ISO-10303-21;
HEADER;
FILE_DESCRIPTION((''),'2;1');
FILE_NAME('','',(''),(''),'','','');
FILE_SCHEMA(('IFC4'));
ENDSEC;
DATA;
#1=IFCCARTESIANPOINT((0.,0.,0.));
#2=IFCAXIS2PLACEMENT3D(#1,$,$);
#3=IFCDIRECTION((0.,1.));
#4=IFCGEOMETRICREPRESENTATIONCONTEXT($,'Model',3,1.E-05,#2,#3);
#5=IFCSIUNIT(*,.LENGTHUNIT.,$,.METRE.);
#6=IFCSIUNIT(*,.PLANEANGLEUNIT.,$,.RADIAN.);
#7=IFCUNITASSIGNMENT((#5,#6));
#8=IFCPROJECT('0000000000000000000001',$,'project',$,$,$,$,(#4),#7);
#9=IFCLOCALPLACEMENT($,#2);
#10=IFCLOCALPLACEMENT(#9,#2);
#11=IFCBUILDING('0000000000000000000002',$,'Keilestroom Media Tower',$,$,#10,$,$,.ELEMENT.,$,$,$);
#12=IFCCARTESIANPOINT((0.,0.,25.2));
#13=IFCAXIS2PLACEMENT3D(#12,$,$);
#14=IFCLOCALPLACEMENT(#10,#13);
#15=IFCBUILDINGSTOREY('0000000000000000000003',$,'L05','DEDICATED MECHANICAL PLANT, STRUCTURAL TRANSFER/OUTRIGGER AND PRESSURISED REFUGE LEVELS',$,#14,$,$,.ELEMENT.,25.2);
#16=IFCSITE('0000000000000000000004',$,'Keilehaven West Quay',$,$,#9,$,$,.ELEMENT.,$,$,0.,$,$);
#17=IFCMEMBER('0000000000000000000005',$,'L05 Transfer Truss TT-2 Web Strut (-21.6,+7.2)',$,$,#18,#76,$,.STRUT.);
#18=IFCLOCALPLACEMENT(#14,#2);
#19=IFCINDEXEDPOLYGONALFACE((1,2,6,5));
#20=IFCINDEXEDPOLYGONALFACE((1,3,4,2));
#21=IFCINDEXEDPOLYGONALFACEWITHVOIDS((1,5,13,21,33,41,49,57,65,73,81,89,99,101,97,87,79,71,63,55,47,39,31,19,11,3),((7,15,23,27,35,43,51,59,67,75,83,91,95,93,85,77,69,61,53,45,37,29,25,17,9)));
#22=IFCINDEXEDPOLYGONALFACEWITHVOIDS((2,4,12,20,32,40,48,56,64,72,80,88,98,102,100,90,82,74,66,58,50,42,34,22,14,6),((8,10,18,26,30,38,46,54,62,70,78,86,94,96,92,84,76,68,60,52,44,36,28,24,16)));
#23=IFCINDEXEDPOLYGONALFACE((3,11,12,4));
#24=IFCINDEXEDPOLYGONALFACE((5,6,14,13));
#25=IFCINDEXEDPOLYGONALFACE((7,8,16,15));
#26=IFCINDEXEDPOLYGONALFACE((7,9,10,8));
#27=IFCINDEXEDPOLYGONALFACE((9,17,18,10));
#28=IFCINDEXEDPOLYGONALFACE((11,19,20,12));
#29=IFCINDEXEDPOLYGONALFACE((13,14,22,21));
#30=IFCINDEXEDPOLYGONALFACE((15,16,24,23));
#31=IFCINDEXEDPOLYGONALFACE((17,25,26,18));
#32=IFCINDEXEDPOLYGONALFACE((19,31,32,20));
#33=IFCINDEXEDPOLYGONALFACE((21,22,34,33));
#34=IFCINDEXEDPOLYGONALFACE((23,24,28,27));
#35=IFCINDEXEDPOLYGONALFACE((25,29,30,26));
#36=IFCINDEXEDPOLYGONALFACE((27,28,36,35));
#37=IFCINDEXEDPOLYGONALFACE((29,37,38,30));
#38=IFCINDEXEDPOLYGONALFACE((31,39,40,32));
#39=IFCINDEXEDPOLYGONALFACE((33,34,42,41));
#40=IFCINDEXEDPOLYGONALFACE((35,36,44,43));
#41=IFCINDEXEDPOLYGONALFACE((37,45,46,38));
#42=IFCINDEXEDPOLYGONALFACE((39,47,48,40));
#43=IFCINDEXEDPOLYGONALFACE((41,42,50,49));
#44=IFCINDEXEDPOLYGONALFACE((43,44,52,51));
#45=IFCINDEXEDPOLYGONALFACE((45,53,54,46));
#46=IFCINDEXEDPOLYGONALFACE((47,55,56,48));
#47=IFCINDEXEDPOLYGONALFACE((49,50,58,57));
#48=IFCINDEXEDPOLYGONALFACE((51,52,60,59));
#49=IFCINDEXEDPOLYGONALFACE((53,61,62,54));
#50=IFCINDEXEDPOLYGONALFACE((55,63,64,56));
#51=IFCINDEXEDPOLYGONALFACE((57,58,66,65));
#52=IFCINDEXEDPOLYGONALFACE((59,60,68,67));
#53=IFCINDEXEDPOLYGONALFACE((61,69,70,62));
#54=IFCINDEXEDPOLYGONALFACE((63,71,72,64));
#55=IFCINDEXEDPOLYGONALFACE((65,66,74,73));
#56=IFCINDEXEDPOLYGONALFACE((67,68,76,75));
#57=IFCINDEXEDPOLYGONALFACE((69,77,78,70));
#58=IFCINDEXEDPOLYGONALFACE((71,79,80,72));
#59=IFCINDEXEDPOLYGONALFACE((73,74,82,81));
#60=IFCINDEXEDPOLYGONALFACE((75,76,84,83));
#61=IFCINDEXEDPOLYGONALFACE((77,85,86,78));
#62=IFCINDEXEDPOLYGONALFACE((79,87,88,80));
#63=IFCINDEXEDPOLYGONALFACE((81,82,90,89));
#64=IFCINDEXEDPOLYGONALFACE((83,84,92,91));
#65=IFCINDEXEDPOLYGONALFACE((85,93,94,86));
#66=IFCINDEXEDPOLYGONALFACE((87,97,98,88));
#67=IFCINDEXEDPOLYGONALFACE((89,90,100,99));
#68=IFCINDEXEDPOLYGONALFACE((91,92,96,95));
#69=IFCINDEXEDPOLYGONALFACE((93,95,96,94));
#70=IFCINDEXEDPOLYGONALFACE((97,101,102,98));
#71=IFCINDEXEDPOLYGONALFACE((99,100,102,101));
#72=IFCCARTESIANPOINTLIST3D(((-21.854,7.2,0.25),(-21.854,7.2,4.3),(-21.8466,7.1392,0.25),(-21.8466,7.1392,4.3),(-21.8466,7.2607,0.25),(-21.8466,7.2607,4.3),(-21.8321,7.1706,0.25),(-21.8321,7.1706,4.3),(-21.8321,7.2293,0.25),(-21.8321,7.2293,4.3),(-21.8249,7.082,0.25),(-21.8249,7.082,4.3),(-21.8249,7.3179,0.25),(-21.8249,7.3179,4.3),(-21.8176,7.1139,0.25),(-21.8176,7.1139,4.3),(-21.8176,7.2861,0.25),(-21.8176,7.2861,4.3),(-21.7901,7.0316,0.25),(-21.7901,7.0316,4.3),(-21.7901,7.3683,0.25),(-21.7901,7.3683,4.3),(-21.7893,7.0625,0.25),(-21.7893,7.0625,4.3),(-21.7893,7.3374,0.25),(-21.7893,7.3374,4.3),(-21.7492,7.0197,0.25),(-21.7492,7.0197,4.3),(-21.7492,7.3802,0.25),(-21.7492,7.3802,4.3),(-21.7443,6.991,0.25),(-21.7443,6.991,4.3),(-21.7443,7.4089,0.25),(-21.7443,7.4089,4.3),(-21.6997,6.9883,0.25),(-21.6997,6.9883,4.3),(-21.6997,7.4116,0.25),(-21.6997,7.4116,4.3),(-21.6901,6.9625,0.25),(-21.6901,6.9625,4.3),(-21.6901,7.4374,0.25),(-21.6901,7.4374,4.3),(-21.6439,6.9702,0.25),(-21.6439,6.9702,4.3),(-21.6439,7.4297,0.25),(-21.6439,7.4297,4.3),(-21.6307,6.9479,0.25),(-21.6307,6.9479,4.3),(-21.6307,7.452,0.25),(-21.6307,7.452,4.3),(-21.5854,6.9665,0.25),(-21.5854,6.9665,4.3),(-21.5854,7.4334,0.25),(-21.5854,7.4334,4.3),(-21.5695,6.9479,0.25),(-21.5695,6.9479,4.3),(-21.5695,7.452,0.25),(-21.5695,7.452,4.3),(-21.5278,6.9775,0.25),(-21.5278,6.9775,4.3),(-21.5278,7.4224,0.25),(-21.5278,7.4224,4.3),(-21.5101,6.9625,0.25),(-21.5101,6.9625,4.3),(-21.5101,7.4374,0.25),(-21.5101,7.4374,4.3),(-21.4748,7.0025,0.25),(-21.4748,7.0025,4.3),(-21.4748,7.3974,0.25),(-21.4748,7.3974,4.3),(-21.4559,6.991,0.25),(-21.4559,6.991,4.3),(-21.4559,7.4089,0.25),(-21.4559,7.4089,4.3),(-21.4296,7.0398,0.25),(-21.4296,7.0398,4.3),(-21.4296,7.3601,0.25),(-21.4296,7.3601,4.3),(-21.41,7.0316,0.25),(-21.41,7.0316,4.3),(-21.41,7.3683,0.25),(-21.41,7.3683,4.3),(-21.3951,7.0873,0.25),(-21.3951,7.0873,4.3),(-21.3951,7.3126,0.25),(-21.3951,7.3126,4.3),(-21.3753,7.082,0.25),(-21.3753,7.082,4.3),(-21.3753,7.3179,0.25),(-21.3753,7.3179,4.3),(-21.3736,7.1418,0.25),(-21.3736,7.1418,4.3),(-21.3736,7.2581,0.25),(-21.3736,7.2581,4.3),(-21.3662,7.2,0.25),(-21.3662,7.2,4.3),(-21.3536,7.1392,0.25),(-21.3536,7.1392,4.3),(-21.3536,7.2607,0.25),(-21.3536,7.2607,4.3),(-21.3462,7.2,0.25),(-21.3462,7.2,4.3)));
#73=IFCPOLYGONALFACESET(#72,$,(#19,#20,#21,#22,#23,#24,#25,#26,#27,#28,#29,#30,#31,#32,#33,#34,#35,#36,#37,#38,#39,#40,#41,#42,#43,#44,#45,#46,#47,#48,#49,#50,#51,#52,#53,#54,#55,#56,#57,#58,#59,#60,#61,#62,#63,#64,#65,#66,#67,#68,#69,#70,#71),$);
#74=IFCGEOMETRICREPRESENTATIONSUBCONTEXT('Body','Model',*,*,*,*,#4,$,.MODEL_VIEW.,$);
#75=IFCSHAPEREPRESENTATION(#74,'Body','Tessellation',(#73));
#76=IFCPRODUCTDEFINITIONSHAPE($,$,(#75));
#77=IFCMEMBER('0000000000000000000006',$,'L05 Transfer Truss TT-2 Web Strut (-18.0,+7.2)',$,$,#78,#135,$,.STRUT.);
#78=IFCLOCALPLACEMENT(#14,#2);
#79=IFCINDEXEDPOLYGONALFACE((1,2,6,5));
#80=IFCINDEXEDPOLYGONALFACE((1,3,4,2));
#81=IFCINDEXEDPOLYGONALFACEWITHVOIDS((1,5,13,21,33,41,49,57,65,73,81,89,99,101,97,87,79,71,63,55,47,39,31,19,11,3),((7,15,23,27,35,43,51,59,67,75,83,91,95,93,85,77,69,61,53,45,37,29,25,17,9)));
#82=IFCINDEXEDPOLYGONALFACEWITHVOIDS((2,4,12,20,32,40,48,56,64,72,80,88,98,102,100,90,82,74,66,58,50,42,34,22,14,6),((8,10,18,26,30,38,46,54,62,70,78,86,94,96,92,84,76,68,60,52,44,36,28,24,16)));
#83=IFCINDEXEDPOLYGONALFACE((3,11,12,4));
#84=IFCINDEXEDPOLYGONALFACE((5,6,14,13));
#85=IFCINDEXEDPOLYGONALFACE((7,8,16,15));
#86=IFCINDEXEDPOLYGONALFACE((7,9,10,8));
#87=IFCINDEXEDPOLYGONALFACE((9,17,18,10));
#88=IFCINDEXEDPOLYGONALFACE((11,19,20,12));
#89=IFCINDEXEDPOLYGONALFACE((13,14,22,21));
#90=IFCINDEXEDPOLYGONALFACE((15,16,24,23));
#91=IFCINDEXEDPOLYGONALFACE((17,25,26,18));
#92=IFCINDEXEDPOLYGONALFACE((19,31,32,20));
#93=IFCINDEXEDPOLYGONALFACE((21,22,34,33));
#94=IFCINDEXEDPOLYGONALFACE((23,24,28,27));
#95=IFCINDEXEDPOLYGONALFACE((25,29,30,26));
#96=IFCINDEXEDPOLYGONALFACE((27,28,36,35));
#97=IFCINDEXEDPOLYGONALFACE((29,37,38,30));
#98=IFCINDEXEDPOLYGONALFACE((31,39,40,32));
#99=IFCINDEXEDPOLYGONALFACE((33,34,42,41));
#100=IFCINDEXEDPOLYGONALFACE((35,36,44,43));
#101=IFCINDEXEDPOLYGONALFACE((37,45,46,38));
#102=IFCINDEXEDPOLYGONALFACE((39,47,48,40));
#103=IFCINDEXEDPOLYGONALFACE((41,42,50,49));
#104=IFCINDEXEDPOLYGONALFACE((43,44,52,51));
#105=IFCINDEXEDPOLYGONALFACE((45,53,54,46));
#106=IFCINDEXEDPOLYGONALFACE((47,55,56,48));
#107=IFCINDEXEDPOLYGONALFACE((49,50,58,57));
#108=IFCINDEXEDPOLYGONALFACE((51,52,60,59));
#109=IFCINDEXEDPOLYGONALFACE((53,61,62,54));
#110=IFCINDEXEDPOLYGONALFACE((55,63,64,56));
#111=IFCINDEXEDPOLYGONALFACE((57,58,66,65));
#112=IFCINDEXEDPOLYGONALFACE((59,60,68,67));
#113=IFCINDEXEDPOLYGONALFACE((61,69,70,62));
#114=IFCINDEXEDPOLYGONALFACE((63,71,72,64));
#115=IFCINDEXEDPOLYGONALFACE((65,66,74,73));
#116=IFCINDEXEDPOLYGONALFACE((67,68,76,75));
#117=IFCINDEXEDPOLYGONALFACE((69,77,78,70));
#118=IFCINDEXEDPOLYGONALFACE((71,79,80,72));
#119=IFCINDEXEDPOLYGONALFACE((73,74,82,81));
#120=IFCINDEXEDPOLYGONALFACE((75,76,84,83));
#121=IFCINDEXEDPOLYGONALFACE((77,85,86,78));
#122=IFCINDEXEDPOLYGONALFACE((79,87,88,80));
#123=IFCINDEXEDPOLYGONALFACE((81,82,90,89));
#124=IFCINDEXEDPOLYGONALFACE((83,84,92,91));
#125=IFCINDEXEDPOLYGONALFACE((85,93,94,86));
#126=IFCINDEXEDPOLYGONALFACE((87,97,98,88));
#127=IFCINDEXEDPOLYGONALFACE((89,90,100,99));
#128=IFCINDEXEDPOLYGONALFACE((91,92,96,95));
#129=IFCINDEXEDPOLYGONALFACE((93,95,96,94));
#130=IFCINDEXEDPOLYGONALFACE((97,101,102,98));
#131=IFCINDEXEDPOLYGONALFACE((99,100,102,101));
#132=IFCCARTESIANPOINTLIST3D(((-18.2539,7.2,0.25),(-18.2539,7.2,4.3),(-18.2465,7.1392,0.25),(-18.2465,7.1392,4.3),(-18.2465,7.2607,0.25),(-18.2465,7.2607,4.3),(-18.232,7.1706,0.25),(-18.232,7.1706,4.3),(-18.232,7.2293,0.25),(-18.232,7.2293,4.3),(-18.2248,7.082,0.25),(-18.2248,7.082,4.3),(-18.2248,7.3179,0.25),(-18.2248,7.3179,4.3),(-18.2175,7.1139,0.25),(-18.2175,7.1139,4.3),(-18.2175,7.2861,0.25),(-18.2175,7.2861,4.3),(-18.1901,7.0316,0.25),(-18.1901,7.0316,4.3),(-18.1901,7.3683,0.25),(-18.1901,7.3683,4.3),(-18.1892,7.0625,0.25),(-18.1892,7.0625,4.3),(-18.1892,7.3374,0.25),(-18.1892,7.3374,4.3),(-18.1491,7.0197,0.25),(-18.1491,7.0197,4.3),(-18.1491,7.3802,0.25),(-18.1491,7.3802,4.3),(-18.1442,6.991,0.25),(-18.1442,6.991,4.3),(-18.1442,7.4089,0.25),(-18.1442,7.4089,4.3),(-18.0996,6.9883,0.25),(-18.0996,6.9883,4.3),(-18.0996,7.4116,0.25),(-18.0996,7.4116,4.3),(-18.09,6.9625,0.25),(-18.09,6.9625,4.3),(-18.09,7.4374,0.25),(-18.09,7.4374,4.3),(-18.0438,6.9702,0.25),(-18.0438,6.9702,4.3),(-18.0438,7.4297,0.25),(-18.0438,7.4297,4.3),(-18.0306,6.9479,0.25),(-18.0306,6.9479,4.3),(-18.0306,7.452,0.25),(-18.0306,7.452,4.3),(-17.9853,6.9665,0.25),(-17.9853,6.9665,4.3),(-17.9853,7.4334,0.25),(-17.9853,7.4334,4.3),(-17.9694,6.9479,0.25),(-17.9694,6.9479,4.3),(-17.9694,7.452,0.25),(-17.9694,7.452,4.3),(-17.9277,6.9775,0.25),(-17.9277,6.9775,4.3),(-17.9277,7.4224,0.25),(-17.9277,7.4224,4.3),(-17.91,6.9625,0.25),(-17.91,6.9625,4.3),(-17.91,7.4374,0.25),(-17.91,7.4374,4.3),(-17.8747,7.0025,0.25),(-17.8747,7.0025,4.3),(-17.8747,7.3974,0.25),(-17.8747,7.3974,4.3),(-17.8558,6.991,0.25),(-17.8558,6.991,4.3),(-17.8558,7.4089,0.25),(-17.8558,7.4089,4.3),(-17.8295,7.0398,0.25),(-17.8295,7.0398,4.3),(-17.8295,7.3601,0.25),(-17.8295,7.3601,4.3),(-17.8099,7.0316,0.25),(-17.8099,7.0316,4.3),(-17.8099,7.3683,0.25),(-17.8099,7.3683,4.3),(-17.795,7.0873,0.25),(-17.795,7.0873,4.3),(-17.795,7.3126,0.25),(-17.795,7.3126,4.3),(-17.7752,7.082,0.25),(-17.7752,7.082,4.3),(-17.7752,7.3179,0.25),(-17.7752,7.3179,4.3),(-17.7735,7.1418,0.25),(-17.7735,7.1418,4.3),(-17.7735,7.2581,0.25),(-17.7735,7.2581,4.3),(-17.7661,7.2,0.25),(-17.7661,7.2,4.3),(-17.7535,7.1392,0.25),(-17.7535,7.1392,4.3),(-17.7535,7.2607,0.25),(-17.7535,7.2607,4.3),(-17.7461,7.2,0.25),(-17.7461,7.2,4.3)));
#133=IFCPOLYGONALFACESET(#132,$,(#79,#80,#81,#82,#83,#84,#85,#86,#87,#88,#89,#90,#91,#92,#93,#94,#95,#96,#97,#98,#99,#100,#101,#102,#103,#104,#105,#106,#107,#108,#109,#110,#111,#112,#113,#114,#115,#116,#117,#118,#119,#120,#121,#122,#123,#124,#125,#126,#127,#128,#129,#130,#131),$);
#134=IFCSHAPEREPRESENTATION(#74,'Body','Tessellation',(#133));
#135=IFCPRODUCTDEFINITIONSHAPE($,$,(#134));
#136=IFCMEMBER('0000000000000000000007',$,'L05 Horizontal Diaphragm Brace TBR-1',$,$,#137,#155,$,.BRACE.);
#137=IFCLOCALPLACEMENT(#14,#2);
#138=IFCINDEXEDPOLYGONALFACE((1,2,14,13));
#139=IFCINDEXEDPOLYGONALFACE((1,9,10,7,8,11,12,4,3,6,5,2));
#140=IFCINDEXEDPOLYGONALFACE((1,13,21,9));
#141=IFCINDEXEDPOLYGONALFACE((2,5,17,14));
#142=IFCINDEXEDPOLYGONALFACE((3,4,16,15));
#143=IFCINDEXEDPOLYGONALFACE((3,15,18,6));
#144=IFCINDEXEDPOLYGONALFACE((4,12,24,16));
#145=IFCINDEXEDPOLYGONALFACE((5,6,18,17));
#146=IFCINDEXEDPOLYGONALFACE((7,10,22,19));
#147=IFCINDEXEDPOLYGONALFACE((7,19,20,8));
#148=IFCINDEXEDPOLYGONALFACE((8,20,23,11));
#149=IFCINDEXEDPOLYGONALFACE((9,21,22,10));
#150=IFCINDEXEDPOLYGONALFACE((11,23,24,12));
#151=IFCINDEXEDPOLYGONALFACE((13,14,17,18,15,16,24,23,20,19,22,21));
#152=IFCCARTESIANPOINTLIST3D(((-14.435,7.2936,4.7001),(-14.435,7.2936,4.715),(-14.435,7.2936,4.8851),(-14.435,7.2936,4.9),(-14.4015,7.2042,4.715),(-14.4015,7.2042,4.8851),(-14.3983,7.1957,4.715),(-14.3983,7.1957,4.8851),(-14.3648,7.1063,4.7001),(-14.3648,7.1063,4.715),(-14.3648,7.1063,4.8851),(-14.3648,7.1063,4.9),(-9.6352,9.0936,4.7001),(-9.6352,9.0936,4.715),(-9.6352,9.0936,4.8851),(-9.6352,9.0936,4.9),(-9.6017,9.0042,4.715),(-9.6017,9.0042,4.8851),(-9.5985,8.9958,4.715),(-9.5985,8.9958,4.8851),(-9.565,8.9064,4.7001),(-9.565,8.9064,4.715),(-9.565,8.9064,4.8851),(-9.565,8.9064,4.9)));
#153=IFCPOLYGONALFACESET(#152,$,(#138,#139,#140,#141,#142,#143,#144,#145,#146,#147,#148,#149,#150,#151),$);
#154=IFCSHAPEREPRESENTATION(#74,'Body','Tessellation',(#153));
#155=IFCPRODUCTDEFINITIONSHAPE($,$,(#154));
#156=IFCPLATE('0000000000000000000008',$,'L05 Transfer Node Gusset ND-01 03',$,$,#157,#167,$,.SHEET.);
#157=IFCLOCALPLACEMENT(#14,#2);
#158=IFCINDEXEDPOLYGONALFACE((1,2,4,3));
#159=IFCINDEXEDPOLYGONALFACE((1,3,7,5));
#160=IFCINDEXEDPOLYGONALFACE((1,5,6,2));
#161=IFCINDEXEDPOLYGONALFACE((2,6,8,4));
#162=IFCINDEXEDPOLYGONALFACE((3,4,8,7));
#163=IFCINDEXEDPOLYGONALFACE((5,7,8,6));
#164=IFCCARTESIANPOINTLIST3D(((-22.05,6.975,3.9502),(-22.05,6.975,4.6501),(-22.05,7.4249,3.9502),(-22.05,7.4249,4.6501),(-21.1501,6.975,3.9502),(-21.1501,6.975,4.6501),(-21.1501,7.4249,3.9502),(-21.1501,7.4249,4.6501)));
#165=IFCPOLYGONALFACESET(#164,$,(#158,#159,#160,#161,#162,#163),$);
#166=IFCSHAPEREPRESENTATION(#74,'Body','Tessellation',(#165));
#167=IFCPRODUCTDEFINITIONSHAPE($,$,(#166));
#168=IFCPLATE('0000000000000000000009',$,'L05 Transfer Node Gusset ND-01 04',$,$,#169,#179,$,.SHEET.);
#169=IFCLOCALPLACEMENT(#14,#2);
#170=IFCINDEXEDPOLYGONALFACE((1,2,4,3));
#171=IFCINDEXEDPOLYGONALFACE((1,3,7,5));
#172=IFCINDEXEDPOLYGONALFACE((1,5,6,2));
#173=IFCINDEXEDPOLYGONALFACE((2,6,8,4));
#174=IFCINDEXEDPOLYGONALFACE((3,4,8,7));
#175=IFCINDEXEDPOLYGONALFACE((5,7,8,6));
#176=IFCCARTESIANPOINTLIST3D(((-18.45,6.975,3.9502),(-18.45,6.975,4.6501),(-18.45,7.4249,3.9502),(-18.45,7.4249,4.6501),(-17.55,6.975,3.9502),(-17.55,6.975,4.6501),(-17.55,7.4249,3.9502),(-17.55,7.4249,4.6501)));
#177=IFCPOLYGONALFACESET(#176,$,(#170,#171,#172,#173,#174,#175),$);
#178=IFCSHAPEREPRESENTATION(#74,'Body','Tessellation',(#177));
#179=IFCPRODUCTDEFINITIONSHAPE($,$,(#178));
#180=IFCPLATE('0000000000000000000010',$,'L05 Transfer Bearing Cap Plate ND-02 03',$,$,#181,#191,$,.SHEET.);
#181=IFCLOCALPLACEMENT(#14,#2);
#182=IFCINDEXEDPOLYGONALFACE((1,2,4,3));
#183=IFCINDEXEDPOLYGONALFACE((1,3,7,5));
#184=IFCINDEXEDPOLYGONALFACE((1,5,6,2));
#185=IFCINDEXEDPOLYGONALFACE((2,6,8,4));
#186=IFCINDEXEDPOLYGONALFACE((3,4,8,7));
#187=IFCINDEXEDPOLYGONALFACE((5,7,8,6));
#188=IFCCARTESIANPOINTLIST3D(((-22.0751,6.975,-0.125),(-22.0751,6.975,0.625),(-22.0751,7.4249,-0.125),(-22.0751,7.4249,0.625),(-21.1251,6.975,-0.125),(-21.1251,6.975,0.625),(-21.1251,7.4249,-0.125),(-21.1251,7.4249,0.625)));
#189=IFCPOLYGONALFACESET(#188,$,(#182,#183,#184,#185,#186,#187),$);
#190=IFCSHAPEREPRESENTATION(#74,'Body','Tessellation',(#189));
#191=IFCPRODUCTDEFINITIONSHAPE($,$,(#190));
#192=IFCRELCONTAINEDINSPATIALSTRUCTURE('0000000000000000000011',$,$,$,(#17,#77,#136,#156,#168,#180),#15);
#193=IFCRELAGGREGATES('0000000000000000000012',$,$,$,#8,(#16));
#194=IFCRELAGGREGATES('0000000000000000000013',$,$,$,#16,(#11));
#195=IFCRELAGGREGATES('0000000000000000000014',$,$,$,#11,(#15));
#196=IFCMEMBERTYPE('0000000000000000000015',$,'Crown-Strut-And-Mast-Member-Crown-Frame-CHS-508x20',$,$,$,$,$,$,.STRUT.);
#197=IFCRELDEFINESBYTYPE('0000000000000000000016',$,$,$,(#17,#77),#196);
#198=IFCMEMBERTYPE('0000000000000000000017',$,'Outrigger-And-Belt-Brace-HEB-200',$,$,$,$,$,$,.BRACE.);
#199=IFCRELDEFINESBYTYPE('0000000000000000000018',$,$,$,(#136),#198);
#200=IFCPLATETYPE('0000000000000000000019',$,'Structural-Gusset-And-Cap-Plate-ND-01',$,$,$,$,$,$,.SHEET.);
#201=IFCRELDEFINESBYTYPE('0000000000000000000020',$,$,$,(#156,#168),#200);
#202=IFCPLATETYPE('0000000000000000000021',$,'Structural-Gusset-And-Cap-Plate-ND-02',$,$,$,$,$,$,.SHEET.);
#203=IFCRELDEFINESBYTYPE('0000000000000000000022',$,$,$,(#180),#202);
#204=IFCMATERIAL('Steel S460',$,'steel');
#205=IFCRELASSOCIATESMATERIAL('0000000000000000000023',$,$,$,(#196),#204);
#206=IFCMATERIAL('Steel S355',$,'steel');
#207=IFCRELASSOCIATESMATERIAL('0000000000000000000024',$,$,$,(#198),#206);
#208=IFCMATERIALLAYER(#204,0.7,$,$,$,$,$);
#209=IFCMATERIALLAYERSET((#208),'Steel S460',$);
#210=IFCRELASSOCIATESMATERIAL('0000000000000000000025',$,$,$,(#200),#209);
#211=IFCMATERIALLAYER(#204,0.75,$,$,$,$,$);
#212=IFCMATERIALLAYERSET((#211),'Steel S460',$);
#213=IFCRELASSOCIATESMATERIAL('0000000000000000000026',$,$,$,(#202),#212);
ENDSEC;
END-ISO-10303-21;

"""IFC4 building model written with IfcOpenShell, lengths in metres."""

from ifc_helpers import new_model, si_unit, direction, frame, origin, origin_2d, place, context, subcontext, project, spatial, rectangle, hollow_circle, i_section, extrude, source, transform, mapped, material, layer, layer_set, material_profile, profile_set, type_object, element, save


model = new_model("IFC4")

# Units and contexts
model_context = context("Model", 3, precision=1e-05, world=origin(), true_north=direction((0.0, 1.0)))
body_context = subcontext(model_context, "Body", "Model", "MODEL_VIEW")
ifc_project = project(units=[si_unit("LENGTHUNIT", "METRE"), si_unit("PLANEANGLEUNIT", "RADIAN")], contexts=[model_context])

# Site, building, storey
site_placement = place(None, origin())
site = spatial("IfcSite", under=ifc_project, at=site_placement, Name="Keilehaven West Quay", CompositionType="ELEMENT", RefElevation=0.0)
building_placement = place(site_placement, origin())
building = spatial("IfcBuilding", under=site, at=building_placement, Name="Keilestroom Media Tower", CompositionType="ELEMENT")
storey_placement = place(building_placement, frame((0.0, 0.0, 25.2)))
storey = spatial("IfcBuildingStorey", under=building, at=storey_placement, Name="L05", Description="DEDICATED MECHANICAL PLANT, STRUCTURAL TRANSFER/OUTRIGGER AND PRESSURISED REFUGE LEVELS", CompositionType="ELEMENT", Elevation=25.2)

# Shared definitions
ifc_material_1 = material(Name="Steel S355", Category="steel")

# Members
ifc_material_2 = material(Name="Steel S460", Category="steel")
ifc_material_profile_1 = material_profile(ifc_material_2, hollow_circle(Radius=0.2539, WallThickness=0.02, at=origin_2d()), Name="CHS 508x20")
ifc_profile_set_1 = profile_set([ifc_material_profile_1], Name="Steel S460")
member_type_1 = type_object("IfcMemberType", Name="Crown-Strut-And-Mast-Member-Crown-Frame-CHS-508x20", PredefinedType="STRUT", material=ifc_profile_set_1)
shared_shape_1 = source(origin(), body_context, "Body", "SweptSolid", [
    extrude(hollow_circle(Radius=0.2539, WallThickness=0.02, at=origin_2d()), origin(), (0.0, 0.0, 1.0), 4.05),
])
for number, where, z_axis, x_axis, name in (
    (1, (-21.6001, 7.2, 0.25), (0.0, 0.0, 1.0), (1.0, 0.0, 0.0), "L05 Transfer Truss TT-2 Web Strut (-21.6,+7.2)"),
    (2, (-18.0, 7.2, 0.25), (0.0, 0.0, 1.0), (1.0, 0.0, 0.0), "L05 Transfer Truss TT-2 Web Strut (-18.0,+7.2)"),
):
    element("IfcMember", number, at=place(storey_placement, frame(where, z_axis=z_axis, x_axis=x_axis)), inside=storey, type_object=member_type_1, Name=name, PredefinedType="STRUT", context=body_context, shape_type="MappedRepresentation", body=[
        mapped(shared_shape_1, transform((0.0, 0.0, 0.0), x_axis=(1.0, 0.0, 0.0), y_axis=(0.0, 1.0, 0.0), z_axis=(0.0, 0.0, 1.0), scale=1.0)),
    ])
ifc_material_profile_2 = material_profile(ifc_material_1, i_section(OverallWidth=0.2, OverallDepth=0.2, WebThickness=0.009, FlangeThickness=0.0149, at=origin_2d()), Name="HEB 200")
ifc_profile_set_2 = profile_set([ifc_material_profile_2], Name="Steel S355")
member_type_2 = type_object("IfcMemberType", Name="Outrigger-And-Belt-Brace-HEB-200", PredefinedType="BRACE", material=ifc_profile_set_2)
shared_shape_2 = source(origin(), body_context, "Body", "SweptSolid", [
    extrude(i_section(OverallWidth=0.2, OverallDepth=0.2, WebThickness=0.009, FlangeThickness=0.0149, at=origin_2d()), origin(), (0.0, 0.0, 1.0), 5.1262),
])
member_placement = place(storey_placement, frame((-14.3999, 7.2, 4.8), z_axis=(0.936321, 0.351144, 0.0), x_axis=(-0.351144, 0.936321, 0.0)))
element("IfcMember", 3, at=member_placement, inside=storey, type_object=member_type_2, Name="L05 Horizontal Diaphragm Brace TBR-1", PredefinedType="BRACE", context=body_context, shape_type="MappedRepresentation", body=[
    mapped(shared_shape_2, transform((0.0, 0.0, 0.0), x_axis=(1.0, 0.0, 0.0), y_axis=(0.0, 1.0, 0.0), z_axis=(0.0, 0.0, 1.0), scale=1.0)),
])

# Plates
ifc_layer_1 = layer(ifc_material_2, 0.7)
ifc_layer_set_1 = layer_set([ifc_layer_1], Name="Steel S460")
plate_type_1 = type_object("IfcPlateType", Name="Structural-Gusset-And-Cap-Plate-ND-01", PredefinedType="SHEET", material=ifc_layer_set_1)
shared_shape_3 = source(origin(), body_context, "Body", "SweptSolid", [
    extrude(rectangle(XDim=0.8999, YDim=0.45, at=origin_2d()), origin(), (0.0, 0.0, 1.0), 0.7),
])
for number, where, z_axis, x_axis, name in (
    (4, (-21.6001, 7.2, 3.9502), (0.0, 0.0, 1.0), (1.0, 0.0, 0.0), "L05 Transfer Node Gusset ND-01 03"),
    (5, (-18.0, 7.2, 3.9502), (0.0, 0.0, 1.0), (1.0, 0.0, 0.0), "L05 Transfer Node Gusset ND-01 04"),
):
    element("IfcPlate", number, at=place(storey_placement, frame(where, z_axis=z_axis, x_axis=x_axis)), inside=storey, type_object=plate_type_1, Name=name, PredefinedType="SHEET", context=body_context, shape_type="MappedRepresentation", body=[
        mapped(shared_shape_3, transform((0.0, 0.0, 0.0), x_axis=(1.0, 0.0, 0.0), y_axis=(0.0, 1.0, 0.0), z_axis=(0.0, 0.0, 1.0), scale=1.0)),
    ])
ifc_layer_2 = layer(ifc_material_2, 0.75)
ifc_layer_set_2 = layer_set([ifc_layer_2], Name="Steel S460")
plate_type_2 = type_object("IfcPlateType", Name="Structural-Gusset-And-Cap-Plate-ND-02", PredefinedType="SHEET", material=ifc_layer_set_2)
shared_shape_4 = source(origin(), body_context, "Body", "SweptSolid", [
    extrude(rectangle(XDim=0.95, YDim=0.45, at=origin_2d()), origin(), (0.0, 0.0, 1.0), 0.75),
])
for number, where, z_axis, x_axis, name in (
    (6, (-21.6001, 7.2, -0.125), (0.0, 0.0, 1.0), (1.0, 0.0, 0.0), "L05 Transfer Bearing Cap Plate ND-02 03"),
):
    element("IfcPlate", number, at=place(storey_placement, frame(where, z_axis=z_axis, x_axis=x_axis)), inside=storey, type_object=plate_type_2, Name=name, PredefinedType="SHEET", context=body_context, shape_type="MappedRepresentation", body=[
        mapped(shared_shape_4, transform((0.0, 0.0, 0.0), x_axis=(1.0, 0.0, 0.0), y_axis=(0.0, 1.0, 0.0), z_axis=(0.0, 0.0, 1.0), scale=1.0)),
    ])

save(model, "model.ifc")
